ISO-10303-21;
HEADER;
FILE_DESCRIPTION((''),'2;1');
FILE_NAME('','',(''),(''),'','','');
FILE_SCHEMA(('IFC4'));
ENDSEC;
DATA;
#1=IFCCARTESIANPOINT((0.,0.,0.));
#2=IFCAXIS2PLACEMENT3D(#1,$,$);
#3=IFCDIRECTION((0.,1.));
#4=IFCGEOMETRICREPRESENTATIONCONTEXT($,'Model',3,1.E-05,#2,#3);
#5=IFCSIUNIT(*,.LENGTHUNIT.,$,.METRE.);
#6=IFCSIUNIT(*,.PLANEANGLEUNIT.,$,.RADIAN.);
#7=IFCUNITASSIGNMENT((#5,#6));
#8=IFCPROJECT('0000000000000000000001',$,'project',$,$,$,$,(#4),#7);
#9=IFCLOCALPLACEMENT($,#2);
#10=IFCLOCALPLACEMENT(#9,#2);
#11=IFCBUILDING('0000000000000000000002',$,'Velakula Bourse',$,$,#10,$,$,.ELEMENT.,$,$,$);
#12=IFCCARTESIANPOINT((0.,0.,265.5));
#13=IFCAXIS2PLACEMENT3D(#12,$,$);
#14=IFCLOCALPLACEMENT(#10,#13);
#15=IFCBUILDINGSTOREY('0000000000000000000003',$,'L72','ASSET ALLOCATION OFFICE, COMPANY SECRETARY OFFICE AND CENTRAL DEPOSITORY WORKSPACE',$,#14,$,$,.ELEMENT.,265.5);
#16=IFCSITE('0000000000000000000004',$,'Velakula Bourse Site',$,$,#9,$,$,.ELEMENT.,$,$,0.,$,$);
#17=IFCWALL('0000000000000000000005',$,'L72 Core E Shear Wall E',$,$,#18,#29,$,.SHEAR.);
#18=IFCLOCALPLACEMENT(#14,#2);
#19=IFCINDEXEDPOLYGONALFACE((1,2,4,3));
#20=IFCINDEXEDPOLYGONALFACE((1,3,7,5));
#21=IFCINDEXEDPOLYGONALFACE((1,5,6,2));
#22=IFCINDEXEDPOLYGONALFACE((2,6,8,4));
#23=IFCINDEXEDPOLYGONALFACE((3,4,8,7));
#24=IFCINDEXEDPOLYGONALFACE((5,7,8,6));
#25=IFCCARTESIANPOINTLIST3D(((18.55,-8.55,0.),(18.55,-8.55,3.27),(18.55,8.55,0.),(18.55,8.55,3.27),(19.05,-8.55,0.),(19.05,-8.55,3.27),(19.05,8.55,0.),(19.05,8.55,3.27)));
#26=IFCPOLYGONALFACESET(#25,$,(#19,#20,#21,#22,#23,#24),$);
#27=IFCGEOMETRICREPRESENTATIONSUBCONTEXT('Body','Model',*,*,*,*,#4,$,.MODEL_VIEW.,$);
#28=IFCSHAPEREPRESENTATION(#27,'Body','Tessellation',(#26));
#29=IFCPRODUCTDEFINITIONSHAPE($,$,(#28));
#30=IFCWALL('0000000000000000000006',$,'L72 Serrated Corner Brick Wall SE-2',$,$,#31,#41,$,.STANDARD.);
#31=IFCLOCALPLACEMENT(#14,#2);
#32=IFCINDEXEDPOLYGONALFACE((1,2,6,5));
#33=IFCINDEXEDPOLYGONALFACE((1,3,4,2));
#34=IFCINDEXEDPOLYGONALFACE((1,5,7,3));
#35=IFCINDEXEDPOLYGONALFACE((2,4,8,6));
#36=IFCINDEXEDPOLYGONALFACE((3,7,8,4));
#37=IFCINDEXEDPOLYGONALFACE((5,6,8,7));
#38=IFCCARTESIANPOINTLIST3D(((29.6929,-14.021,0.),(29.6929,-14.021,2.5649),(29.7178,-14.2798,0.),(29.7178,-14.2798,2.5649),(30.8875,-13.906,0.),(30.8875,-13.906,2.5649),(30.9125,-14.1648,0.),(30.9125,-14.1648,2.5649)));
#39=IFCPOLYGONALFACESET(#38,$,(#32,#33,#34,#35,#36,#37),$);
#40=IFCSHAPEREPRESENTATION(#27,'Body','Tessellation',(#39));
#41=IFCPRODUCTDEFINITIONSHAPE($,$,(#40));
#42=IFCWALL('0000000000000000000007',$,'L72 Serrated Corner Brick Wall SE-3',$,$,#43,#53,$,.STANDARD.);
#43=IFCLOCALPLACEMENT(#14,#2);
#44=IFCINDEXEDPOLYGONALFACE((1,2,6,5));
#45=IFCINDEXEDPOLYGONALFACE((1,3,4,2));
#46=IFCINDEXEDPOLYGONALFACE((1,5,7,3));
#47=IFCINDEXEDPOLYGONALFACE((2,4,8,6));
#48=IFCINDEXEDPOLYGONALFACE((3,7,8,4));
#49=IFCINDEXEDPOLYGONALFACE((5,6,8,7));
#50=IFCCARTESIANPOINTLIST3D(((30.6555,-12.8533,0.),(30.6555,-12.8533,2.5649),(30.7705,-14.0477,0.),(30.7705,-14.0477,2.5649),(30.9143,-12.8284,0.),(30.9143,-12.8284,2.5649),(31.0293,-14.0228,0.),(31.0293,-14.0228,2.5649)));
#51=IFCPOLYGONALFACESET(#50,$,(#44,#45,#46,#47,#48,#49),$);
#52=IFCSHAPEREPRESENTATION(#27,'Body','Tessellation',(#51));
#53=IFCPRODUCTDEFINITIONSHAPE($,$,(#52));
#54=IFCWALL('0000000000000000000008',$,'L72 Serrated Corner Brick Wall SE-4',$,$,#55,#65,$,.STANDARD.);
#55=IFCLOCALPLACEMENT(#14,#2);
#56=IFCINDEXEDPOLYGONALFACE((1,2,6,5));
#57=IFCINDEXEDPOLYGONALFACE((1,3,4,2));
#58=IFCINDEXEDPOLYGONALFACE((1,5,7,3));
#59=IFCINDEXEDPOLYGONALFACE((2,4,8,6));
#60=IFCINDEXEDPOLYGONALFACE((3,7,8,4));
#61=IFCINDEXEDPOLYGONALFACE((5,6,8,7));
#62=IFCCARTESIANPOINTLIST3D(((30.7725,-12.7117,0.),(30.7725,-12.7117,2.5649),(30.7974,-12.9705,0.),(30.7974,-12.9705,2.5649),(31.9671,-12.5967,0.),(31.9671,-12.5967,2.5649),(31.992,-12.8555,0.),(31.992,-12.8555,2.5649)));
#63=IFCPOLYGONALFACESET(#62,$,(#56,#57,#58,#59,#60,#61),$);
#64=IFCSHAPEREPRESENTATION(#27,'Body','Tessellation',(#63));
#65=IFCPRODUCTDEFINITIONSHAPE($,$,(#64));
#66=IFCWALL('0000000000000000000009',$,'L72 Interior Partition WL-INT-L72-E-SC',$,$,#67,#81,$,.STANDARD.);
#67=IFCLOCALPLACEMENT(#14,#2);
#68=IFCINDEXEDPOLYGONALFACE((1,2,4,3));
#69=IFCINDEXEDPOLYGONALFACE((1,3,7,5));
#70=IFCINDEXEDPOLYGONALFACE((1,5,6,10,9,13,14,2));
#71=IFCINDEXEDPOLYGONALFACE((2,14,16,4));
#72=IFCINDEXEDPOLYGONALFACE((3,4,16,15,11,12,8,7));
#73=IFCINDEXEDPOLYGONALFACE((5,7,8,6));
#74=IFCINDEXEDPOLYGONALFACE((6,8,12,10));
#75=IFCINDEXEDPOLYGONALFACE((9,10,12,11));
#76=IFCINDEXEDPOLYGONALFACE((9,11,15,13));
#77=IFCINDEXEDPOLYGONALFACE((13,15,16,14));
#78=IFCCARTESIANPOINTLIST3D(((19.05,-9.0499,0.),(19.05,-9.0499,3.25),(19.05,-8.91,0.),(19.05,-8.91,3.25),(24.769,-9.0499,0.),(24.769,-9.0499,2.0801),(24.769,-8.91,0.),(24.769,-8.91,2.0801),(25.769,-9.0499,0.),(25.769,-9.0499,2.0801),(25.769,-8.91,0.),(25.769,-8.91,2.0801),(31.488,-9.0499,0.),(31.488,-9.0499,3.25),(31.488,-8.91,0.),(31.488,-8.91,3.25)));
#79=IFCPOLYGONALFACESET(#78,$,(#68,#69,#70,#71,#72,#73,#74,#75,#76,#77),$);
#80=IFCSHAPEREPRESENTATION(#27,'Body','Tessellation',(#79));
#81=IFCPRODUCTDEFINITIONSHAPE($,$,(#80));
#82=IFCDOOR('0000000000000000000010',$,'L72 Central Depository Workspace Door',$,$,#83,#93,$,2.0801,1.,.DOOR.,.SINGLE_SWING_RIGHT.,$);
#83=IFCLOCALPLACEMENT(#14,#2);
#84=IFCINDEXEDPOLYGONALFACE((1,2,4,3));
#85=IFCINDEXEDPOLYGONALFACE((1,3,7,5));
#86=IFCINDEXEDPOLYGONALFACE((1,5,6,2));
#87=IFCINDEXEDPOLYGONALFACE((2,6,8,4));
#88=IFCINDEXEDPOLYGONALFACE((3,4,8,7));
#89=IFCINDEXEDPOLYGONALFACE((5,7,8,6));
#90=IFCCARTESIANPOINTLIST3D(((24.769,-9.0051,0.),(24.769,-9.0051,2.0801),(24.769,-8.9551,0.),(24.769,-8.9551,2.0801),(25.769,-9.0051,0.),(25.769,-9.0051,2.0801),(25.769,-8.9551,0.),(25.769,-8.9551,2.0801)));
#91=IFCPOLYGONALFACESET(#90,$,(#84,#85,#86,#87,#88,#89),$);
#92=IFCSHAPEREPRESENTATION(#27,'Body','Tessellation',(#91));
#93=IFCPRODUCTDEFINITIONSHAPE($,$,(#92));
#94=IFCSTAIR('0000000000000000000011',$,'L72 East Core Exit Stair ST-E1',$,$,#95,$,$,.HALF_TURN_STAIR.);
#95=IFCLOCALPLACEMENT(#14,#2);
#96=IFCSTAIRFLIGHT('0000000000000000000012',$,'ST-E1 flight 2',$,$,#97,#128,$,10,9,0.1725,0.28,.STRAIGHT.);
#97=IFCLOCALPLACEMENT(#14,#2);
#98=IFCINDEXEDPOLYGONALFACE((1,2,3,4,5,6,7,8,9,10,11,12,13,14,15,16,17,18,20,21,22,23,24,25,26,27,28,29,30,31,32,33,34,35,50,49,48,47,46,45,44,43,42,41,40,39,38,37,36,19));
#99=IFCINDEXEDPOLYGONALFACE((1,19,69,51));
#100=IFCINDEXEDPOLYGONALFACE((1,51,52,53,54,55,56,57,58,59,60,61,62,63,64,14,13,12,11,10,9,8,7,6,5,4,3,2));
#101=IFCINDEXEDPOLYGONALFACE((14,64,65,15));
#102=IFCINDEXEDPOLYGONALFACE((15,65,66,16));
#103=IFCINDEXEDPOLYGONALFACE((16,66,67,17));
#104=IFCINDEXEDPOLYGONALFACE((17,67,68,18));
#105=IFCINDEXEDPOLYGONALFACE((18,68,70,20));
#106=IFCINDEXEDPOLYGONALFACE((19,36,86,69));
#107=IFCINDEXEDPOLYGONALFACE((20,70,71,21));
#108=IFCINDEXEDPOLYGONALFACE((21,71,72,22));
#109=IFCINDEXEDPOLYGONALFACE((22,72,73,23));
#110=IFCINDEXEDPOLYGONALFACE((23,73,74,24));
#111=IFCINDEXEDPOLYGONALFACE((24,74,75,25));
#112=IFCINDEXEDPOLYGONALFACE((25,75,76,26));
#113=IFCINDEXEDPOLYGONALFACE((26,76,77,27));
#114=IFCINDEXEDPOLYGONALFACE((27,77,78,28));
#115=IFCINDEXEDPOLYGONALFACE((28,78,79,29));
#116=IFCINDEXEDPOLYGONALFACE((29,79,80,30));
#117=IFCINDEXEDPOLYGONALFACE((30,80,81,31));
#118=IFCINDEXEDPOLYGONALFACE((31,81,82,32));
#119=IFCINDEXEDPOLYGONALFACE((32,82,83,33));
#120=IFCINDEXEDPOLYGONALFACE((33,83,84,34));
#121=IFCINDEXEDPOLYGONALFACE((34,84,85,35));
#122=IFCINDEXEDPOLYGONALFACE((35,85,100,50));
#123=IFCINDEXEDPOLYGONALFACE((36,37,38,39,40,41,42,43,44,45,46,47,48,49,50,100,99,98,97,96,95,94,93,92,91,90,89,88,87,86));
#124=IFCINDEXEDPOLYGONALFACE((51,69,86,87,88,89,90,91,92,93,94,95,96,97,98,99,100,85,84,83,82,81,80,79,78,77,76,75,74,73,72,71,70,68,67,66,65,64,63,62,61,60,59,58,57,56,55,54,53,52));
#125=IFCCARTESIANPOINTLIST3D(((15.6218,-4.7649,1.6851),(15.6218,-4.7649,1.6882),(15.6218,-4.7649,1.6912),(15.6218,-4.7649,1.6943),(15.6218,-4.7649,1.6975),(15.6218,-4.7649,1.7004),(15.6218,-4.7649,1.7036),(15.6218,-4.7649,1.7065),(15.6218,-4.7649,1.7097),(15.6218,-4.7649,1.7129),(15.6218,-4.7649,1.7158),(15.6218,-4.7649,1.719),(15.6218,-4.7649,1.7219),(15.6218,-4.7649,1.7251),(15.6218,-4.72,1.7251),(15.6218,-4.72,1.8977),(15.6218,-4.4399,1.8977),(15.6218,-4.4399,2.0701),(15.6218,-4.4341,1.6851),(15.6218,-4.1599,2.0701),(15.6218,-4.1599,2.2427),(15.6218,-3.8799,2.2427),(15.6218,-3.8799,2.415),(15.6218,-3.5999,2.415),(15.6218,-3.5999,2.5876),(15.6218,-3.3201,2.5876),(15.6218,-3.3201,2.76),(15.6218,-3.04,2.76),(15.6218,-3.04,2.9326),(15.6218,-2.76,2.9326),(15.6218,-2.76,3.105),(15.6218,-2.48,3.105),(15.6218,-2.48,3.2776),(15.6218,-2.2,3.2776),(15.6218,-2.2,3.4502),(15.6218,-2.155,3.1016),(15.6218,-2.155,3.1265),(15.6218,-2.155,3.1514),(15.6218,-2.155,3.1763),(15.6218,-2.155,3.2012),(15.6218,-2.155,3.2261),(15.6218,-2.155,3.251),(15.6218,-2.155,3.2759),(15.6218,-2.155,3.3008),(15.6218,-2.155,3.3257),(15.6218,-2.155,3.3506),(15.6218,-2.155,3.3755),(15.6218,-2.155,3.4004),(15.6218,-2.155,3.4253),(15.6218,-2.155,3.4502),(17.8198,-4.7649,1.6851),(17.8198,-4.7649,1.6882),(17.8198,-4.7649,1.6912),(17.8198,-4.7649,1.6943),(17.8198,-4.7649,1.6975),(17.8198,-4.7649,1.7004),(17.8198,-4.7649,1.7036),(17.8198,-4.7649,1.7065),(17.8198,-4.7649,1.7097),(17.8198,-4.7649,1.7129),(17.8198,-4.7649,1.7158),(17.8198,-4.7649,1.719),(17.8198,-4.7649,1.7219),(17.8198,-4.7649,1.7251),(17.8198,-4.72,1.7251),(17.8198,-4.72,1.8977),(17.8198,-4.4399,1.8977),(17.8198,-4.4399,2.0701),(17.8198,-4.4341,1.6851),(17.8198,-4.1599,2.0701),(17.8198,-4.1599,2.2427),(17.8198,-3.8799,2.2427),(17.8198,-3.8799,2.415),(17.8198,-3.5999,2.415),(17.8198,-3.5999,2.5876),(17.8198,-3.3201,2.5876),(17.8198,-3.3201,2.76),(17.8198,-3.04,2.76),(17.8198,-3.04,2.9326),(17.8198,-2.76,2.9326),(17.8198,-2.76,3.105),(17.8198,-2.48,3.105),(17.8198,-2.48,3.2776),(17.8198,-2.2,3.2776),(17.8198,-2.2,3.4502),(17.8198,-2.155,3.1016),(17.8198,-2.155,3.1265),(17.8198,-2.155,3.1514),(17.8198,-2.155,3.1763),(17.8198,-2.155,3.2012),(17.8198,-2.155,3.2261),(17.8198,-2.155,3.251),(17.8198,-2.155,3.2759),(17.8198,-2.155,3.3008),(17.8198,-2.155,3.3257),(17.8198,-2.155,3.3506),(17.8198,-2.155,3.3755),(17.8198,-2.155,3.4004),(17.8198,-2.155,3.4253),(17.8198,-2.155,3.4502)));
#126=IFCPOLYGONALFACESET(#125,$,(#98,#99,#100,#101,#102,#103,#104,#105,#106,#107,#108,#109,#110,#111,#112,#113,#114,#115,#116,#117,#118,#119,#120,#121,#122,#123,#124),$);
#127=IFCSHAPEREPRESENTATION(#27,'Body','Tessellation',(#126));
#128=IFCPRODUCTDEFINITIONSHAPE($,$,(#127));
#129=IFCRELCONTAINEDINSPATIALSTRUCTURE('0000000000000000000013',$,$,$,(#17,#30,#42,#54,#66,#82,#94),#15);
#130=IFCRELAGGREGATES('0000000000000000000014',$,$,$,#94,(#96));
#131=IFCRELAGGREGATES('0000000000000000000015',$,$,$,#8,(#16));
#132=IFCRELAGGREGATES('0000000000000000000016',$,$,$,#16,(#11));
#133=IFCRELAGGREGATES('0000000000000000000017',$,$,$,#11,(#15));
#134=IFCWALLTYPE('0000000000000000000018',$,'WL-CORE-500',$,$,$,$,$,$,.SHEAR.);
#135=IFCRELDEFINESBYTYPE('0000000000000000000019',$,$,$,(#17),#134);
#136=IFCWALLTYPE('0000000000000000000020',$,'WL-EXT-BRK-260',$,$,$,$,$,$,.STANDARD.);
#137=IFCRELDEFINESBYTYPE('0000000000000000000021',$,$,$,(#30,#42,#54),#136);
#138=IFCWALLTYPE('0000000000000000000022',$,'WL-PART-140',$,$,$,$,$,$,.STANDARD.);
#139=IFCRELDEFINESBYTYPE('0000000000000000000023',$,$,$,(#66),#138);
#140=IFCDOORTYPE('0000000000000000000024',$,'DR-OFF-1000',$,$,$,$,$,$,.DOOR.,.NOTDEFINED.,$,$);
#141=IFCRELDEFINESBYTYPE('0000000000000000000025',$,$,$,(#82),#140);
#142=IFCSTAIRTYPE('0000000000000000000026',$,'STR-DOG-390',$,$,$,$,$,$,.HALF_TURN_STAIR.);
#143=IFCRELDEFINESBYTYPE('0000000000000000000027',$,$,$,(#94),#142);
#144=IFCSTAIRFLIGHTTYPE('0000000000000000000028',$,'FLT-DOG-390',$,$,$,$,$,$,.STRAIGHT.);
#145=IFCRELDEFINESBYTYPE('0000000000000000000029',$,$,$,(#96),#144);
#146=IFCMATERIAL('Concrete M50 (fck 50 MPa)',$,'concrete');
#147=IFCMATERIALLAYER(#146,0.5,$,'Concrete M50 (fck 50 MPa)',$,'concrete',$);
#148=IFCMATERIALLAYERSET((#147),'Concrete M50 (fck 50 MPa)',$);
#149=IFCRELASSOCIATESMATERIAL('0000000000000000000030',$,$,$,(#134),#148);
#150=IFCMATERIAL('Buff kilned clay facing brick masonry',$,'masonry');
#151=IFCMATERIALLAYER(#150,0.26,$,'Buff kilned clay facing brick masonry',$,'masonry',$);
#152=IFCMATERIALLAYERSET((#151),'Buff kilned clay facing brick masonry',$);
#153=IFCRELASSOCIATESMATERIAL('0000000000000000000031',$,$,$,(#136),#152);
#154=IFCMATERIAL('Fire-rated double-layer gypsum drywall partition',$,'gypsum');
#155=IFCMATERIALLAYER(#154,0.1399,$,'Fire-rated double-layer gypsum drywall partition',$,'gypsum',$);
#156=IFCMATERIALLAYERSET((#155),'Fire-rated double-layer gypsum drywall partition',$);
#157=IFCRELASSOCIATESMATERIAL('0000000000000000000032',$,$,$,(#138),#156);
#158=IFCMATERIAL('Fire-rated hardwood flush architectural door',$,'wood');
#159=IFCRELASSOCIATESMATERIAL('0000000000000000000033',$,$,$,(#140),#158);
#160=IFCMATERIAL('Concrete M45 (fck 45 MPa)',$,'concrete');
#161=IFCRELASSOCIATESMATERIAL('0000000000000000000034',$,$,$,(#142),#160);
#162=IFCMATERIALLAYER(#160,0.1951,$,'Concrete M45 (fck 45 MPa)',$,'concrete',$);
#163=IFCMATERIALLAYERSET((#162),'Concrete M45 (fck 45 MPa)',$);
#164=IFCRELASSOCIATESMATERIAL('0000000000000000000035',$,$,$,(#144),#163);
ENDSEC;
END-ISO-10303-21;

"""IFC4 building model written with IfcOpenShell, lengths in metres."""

from ifc_helpers import new_model, si_unit, direction, frame, frame_2d, origin, place, context, subcontext, project, spatial, polyline, rectangle, outline, extrude, material, layer, layer_set, type_object, element, fill, aggregate, save


model = new_model("IFC4")

# Units and contexts
model_context = context("Model", 3, precision=1e-05, world=origin(), true_north=direction((0.0, 1.0)))
body_context = subcontext(model_context, "Body", "Model", "MODEL_VIEW")
ifc_project = project(units=[si_unit("LENGTHUNIT", "METRE"), si_unit("PLANEANGLEUNIT", "RADIAN")], contexts=[model_context])

# Site, building, storey
site_placement = place(None, origin())
site = spatial("IfcSite", under=ifc_project, at=site_placement, Name="Velakula Bourse Site", CompositionType="ELEMENT", RefElevation=0.0)
building_placement = place(site_placement, origin())
building = spatial("IfcBuilding", under=site, at=building_placement, Name="Velakula Bourse", CompositionType="ELEMENT")
storey_placement = place(building_placement, frame((0.0, 0.0, 265.5)))
storey = spatial("IfcBuildingStorey", under=building, at=storey_placement, Name="L72", Description="ASSET ALLOCATION OFFICE, COMPANY SECRETARY OFFICE AND CENTRAL DEPOSITORY WORKSPACE", CompositionType="ELEMENT", Elevation=265.5)

# Shared definitions
ifc_material_1 = material(Name="Concrete M50 (fck 50 MPa)", Category="concrete")

# Walls
ifc_layer_1 = layer(ifc_material_1, 0.5, Name="Concrete M50 (fck 50 MPa)", Category="concrete")
ifc_layer_set_1 = layer_set([ifc_layer_1], Name="Concrete M50 (fck 50 MPa)")
wall_type_1 = type_object("IfcWallType", Name="WL-CORE-500", PredefinedType="SHEAR", material=ifc_layer_set_1)
wall_1_placement = place(storey_placement, frame((18.8, -8.55, 0.0), z_axis=(0.0, 0.0, 1.0), x_axis=(0.0, 1.0, 0.0)))
element("IfcWall", 1, at=wall_1_placement, inside=storey, type_object=wall_type_1, Name="L72 Core E Shear Wall E", PredefinedType="SHEAR", context=body_context, shape_type="SweptSolid", body=[
    extrude(rectangle(XDim=17.1001, YDim=0.5, at=frame_2d((8.55, 0.0))), origin(), (0.0, 0.0, 1.0), 3.27),
])
ifc_material_2 = material(Name="Buff kilned clay facing brick masonry", Category="masonry")
ifc_layer_2 = layer(ifc_material_2, 0.26, Name="Buff kilned clay facing brick masonry", Category="masonry")
ifc_layer_set_2 = layer_set([ifc_layer_2], Name="Buff kilned clay facing brick masonry")
wall_type_2 = type_object("IfcWallType", Name="WL-EXT-BRK-260", PredefinedType="STANDARD", material=ifc_layer_set_2)
wall_2_placement = place(storey_placement, frame((29.7053, -14.1504, 0.0), z_axis=(0.0, 0.0, 1.0), x_axis=(0.995399, 0.095817, 0.0)))
element("IfcWall", 2, at=wall_2_placement, inside=storey, type_object=wall_type_2, Name="L72 Serrated Corner Brick Wall SE-2", PredefinedType="STANDARD", context=body_context, shape_type="SweptSolid", body=[
    extrude(rectangle(XDim=1.2002, YDim=0.26, at=frame_2d((0.6001, 0.0))), origin(), (0.0, 0.0, 1.0), 2.5649),
])
wall_3_placement = place(storey_placement, frame((30.8999, -14.0354, 0.0), z_axis=(0.0, 0.0, 1.0), x_axis=(-0.095836, 0.995397, 0.0)))
element("IfcWall", 3, at=wall_3_placement, inside=storey, type_object=wall_type_2, Name="L72 Serrated Corner Brick Wall SE-3", PredefinedType="STANDARD", context=body_context, shape_type="SweptSolid", body=[
    extrude(rectangle(XDim=1.2, YDim=0.26, at=frame_2d((0.6001, 0.0))), origin(), (0.0, 0.0, 1.0), 2.5649),
])
wall_4_placement = place(storey_placement, frame((30.7849, -12.8411, 0.0), z_axis=(0.0, 0.0, 1.0), x_axis=(0.995399, 0.095817, 0.0)))
element("IfcWall", 4, at=wall_4_placement, inside=storey, type_object=wall_type_2, Name="L72 Serrated Corner Brick Wall SE-4", PredefinedType="STANDARD", context=body_context, shape_type="SweptSolid", body=[
    extrude(rectangle(XDim=1.2002, YDim=0.26, at=frame_2d((0.6001, 0.0))), origin(), (0.0, 0.0, 1.0), 2.5649),
])

# Wall, opening, door
ifc_material_3 = material(Name="Fire-rated double-layer gypsum drywall partition", Category="gypsum")
ifc_layer_3 = layer(ifc_material_3, 0.1399, Name="Fire-rated double-layer gypsum drywall partition", Category="gypsum")
ifc_layer_set_3 = layer_set([ifc_layer_3], Name="Fire-rated double-layer gypsum drywall partition")
wall_type_3 = type_object("IfcWallType", Name="WL-PART-140", PredefinedType="STANDARD", material=ifc_layer_set_3)
wall_5_placement = place(storey_placement, frame((19.05, -8.98, 0.0), z_axis=(0.0, 0.0, 1.0), x_axis=(1.0, 0.0, 0.0)))
wall_5 = element("IfcWall", 5, at=wall_5_placement, inside=storey, type_object=wall_type_3, Name="L72 Interior Partition WL-INT-L72-E-SC", PredefinedType="STANDARD", context=body_context, shape_type="SweptSolid", body=[
    extrude(rectangle(XDim=12.438, YDim=0.1399, at=frame_2d((6.219, 0.0))), origin(), (0.0, 0.0, 1.0), 3.25),
])
opening_placement = place(wall_5_placement, frame((5.719, 0.0, 0.0)))
opening = element("IfcOpeningElement", 6, at=opening_placement, cuts=wall_5, PredefinedType="OPENING", context=body_context, shape_type="SweptSolid", body=[
    extrude(rectangle(XDim=1.0, YDim=2.0801, at=frame_2d((0.5, 1.04))), frame((0.0, 0.0798, 0.0), z_axis=(0.0, -1.0, 0.0), x_axis=(1.0, 0.0, 0.0)), (0.0, 0.0, 1.0), 0.1599),
])
ifc_material_4 = material(Name="Fire-rated hardwood flush architectural door", Category="wood")
door_type = type_object("IfcDoorType", Name="DR-OFF-1000", OperationType="NOTDEFINED", PredefinedType="DOOR", material=ifc_material_4)
door_placement = place(opening_placement, origin())
door = element("IfcDoor", 7, at=door_placement, inside=storey, type_object=door_type, Name="L72 Central Depository Workspace Door", OperationType="SINGLE_SWING_RIGHT", OverallHeight=2.0801, OverallWidth=1.0, PredefinedType="DOOR", context=body_context, shape_type="SweptSolid", body=[
    extrude(rectangle(XDim=1.0, YDim=2.0801, at=frame_2d((0.5, 1.04))), frame((0.0, 0.0249, 0.0), z_axis=(0.0, -1.0, 0.0), x_axis=(1.0, 0.0, 0.0)), (0.0, 0.0, 1.0), 0.05),
])
fill(opening, door)

# Stair, stair flight
ifc_material_5 = material(Name="Concrete M45 (fck 45 MPa)", Category="concrete")
stair_type = type_object("IfcStairType", Name="STR-DOG-390", PredefinedType="HALF_TURN_STAIR", material=ifc_material_5)
stair_placement = place(storey_placement, origin())
stair = element("IfcStair", 8, at=stair_placement, inside=storey, type_object=stair_type, Name="L72 East Core Exit Stair ST-E1", PredefinedType="HALF_TURN_STAIR")
ifc_layer_4 = layer(ifc_material_5, 0.1951, Name="Concrete M45 (fck 45 MPa)", Category="concrete")
ifc_layer_set_4 = layer_set([ifc_layer_4], Name="Concrete M45 (fck 45 MPa)")
stair_flight_type = type_object("IfcStairFlightType", Name="FLT-DOG-390", PredefinedType="STRAIGHT", material=ifc_layer_set_4)
stair_flight_placement = place(storey_placement, frame((16.7209, -4.72, 1.7251), z_axis=(0.0, 0.0, 1.0), x_axis=(0.0, 1.0, 0.0)))
stair_flight = element("IfcStairFlight", 9, at=stair_flight_placement, type_object=stair_flight_type, Name="ST-E1 flight 2", NumberOfRisers=10, NumberOfTreads=9, PredefinedType="STRAIGHT", RiserHeight=0.1725, TreadLength=0.28, context=body_context, shape_type="SweptSolid", body=[
    extrude(outline(polyline([(-0.0449, -0.04), (-0.0449, -0.0369), (-0.0449, -0.0339), (-0.0449, -0.0308), (-0.0449, -0.0276), (-0.0449, -0.0247), (-0.0449, -0.0215), (-0.0449, -0.0186), (-0.0449, -0.0154), (-0.0449, -0.0122), (-0.0449, -0.0093), (-0.0449, -0.0061), (-0.0449, -0.0032), (-0.0449, 0.0), (0.0, 0.0), (0.0, 0.1726), (0.28, 0.1726), (0.28, 0.345), (0.5601, 0.345), (0.5601, 0.5176), (0.8401, 0.5176), (0.8401, 0.6899), (1.1201, 0.6899), (1.1201, 0.8625), (1.3999, 0.8625), (1.3999, 1.0349), (1.6799, 1.0349), (1.6799, 1.2075), (1.96, 1.2075), (1.96, 1.3799), (2.24, 1.3799), (2.24, 1.5525), (2.52, 1.5525), (2.52, 1.7251), (2.5649, 1.7251), (2.5649, 1.7002), (2.5649, 1.6753), (2.5649, 1.6504), (2.5649, 1.6255), (2.5649, 1.6006), (2.5649, 1.5757), (2.5649, 1.5508), (2.5649, 1.5259), (2.5649, 1.501), (2.5649, 1.4761), (2.5649, 1.4512), (2.5649, 1.4263), (2.5649, 1.4014), (2.5649, 1.3765), (0.2859, -0.04), (-0.0449, -0.04)])), frame((0.0, 1.0991, 0.0), z_axis=(0.0, -1.0, 0.0), x_axis=(1.0, 0.0, 0.0)), (0.0, 0.0, 1.0), 2.198),
])
aggregate(stair, [stair_flight])

save(model, "model.ifc")
